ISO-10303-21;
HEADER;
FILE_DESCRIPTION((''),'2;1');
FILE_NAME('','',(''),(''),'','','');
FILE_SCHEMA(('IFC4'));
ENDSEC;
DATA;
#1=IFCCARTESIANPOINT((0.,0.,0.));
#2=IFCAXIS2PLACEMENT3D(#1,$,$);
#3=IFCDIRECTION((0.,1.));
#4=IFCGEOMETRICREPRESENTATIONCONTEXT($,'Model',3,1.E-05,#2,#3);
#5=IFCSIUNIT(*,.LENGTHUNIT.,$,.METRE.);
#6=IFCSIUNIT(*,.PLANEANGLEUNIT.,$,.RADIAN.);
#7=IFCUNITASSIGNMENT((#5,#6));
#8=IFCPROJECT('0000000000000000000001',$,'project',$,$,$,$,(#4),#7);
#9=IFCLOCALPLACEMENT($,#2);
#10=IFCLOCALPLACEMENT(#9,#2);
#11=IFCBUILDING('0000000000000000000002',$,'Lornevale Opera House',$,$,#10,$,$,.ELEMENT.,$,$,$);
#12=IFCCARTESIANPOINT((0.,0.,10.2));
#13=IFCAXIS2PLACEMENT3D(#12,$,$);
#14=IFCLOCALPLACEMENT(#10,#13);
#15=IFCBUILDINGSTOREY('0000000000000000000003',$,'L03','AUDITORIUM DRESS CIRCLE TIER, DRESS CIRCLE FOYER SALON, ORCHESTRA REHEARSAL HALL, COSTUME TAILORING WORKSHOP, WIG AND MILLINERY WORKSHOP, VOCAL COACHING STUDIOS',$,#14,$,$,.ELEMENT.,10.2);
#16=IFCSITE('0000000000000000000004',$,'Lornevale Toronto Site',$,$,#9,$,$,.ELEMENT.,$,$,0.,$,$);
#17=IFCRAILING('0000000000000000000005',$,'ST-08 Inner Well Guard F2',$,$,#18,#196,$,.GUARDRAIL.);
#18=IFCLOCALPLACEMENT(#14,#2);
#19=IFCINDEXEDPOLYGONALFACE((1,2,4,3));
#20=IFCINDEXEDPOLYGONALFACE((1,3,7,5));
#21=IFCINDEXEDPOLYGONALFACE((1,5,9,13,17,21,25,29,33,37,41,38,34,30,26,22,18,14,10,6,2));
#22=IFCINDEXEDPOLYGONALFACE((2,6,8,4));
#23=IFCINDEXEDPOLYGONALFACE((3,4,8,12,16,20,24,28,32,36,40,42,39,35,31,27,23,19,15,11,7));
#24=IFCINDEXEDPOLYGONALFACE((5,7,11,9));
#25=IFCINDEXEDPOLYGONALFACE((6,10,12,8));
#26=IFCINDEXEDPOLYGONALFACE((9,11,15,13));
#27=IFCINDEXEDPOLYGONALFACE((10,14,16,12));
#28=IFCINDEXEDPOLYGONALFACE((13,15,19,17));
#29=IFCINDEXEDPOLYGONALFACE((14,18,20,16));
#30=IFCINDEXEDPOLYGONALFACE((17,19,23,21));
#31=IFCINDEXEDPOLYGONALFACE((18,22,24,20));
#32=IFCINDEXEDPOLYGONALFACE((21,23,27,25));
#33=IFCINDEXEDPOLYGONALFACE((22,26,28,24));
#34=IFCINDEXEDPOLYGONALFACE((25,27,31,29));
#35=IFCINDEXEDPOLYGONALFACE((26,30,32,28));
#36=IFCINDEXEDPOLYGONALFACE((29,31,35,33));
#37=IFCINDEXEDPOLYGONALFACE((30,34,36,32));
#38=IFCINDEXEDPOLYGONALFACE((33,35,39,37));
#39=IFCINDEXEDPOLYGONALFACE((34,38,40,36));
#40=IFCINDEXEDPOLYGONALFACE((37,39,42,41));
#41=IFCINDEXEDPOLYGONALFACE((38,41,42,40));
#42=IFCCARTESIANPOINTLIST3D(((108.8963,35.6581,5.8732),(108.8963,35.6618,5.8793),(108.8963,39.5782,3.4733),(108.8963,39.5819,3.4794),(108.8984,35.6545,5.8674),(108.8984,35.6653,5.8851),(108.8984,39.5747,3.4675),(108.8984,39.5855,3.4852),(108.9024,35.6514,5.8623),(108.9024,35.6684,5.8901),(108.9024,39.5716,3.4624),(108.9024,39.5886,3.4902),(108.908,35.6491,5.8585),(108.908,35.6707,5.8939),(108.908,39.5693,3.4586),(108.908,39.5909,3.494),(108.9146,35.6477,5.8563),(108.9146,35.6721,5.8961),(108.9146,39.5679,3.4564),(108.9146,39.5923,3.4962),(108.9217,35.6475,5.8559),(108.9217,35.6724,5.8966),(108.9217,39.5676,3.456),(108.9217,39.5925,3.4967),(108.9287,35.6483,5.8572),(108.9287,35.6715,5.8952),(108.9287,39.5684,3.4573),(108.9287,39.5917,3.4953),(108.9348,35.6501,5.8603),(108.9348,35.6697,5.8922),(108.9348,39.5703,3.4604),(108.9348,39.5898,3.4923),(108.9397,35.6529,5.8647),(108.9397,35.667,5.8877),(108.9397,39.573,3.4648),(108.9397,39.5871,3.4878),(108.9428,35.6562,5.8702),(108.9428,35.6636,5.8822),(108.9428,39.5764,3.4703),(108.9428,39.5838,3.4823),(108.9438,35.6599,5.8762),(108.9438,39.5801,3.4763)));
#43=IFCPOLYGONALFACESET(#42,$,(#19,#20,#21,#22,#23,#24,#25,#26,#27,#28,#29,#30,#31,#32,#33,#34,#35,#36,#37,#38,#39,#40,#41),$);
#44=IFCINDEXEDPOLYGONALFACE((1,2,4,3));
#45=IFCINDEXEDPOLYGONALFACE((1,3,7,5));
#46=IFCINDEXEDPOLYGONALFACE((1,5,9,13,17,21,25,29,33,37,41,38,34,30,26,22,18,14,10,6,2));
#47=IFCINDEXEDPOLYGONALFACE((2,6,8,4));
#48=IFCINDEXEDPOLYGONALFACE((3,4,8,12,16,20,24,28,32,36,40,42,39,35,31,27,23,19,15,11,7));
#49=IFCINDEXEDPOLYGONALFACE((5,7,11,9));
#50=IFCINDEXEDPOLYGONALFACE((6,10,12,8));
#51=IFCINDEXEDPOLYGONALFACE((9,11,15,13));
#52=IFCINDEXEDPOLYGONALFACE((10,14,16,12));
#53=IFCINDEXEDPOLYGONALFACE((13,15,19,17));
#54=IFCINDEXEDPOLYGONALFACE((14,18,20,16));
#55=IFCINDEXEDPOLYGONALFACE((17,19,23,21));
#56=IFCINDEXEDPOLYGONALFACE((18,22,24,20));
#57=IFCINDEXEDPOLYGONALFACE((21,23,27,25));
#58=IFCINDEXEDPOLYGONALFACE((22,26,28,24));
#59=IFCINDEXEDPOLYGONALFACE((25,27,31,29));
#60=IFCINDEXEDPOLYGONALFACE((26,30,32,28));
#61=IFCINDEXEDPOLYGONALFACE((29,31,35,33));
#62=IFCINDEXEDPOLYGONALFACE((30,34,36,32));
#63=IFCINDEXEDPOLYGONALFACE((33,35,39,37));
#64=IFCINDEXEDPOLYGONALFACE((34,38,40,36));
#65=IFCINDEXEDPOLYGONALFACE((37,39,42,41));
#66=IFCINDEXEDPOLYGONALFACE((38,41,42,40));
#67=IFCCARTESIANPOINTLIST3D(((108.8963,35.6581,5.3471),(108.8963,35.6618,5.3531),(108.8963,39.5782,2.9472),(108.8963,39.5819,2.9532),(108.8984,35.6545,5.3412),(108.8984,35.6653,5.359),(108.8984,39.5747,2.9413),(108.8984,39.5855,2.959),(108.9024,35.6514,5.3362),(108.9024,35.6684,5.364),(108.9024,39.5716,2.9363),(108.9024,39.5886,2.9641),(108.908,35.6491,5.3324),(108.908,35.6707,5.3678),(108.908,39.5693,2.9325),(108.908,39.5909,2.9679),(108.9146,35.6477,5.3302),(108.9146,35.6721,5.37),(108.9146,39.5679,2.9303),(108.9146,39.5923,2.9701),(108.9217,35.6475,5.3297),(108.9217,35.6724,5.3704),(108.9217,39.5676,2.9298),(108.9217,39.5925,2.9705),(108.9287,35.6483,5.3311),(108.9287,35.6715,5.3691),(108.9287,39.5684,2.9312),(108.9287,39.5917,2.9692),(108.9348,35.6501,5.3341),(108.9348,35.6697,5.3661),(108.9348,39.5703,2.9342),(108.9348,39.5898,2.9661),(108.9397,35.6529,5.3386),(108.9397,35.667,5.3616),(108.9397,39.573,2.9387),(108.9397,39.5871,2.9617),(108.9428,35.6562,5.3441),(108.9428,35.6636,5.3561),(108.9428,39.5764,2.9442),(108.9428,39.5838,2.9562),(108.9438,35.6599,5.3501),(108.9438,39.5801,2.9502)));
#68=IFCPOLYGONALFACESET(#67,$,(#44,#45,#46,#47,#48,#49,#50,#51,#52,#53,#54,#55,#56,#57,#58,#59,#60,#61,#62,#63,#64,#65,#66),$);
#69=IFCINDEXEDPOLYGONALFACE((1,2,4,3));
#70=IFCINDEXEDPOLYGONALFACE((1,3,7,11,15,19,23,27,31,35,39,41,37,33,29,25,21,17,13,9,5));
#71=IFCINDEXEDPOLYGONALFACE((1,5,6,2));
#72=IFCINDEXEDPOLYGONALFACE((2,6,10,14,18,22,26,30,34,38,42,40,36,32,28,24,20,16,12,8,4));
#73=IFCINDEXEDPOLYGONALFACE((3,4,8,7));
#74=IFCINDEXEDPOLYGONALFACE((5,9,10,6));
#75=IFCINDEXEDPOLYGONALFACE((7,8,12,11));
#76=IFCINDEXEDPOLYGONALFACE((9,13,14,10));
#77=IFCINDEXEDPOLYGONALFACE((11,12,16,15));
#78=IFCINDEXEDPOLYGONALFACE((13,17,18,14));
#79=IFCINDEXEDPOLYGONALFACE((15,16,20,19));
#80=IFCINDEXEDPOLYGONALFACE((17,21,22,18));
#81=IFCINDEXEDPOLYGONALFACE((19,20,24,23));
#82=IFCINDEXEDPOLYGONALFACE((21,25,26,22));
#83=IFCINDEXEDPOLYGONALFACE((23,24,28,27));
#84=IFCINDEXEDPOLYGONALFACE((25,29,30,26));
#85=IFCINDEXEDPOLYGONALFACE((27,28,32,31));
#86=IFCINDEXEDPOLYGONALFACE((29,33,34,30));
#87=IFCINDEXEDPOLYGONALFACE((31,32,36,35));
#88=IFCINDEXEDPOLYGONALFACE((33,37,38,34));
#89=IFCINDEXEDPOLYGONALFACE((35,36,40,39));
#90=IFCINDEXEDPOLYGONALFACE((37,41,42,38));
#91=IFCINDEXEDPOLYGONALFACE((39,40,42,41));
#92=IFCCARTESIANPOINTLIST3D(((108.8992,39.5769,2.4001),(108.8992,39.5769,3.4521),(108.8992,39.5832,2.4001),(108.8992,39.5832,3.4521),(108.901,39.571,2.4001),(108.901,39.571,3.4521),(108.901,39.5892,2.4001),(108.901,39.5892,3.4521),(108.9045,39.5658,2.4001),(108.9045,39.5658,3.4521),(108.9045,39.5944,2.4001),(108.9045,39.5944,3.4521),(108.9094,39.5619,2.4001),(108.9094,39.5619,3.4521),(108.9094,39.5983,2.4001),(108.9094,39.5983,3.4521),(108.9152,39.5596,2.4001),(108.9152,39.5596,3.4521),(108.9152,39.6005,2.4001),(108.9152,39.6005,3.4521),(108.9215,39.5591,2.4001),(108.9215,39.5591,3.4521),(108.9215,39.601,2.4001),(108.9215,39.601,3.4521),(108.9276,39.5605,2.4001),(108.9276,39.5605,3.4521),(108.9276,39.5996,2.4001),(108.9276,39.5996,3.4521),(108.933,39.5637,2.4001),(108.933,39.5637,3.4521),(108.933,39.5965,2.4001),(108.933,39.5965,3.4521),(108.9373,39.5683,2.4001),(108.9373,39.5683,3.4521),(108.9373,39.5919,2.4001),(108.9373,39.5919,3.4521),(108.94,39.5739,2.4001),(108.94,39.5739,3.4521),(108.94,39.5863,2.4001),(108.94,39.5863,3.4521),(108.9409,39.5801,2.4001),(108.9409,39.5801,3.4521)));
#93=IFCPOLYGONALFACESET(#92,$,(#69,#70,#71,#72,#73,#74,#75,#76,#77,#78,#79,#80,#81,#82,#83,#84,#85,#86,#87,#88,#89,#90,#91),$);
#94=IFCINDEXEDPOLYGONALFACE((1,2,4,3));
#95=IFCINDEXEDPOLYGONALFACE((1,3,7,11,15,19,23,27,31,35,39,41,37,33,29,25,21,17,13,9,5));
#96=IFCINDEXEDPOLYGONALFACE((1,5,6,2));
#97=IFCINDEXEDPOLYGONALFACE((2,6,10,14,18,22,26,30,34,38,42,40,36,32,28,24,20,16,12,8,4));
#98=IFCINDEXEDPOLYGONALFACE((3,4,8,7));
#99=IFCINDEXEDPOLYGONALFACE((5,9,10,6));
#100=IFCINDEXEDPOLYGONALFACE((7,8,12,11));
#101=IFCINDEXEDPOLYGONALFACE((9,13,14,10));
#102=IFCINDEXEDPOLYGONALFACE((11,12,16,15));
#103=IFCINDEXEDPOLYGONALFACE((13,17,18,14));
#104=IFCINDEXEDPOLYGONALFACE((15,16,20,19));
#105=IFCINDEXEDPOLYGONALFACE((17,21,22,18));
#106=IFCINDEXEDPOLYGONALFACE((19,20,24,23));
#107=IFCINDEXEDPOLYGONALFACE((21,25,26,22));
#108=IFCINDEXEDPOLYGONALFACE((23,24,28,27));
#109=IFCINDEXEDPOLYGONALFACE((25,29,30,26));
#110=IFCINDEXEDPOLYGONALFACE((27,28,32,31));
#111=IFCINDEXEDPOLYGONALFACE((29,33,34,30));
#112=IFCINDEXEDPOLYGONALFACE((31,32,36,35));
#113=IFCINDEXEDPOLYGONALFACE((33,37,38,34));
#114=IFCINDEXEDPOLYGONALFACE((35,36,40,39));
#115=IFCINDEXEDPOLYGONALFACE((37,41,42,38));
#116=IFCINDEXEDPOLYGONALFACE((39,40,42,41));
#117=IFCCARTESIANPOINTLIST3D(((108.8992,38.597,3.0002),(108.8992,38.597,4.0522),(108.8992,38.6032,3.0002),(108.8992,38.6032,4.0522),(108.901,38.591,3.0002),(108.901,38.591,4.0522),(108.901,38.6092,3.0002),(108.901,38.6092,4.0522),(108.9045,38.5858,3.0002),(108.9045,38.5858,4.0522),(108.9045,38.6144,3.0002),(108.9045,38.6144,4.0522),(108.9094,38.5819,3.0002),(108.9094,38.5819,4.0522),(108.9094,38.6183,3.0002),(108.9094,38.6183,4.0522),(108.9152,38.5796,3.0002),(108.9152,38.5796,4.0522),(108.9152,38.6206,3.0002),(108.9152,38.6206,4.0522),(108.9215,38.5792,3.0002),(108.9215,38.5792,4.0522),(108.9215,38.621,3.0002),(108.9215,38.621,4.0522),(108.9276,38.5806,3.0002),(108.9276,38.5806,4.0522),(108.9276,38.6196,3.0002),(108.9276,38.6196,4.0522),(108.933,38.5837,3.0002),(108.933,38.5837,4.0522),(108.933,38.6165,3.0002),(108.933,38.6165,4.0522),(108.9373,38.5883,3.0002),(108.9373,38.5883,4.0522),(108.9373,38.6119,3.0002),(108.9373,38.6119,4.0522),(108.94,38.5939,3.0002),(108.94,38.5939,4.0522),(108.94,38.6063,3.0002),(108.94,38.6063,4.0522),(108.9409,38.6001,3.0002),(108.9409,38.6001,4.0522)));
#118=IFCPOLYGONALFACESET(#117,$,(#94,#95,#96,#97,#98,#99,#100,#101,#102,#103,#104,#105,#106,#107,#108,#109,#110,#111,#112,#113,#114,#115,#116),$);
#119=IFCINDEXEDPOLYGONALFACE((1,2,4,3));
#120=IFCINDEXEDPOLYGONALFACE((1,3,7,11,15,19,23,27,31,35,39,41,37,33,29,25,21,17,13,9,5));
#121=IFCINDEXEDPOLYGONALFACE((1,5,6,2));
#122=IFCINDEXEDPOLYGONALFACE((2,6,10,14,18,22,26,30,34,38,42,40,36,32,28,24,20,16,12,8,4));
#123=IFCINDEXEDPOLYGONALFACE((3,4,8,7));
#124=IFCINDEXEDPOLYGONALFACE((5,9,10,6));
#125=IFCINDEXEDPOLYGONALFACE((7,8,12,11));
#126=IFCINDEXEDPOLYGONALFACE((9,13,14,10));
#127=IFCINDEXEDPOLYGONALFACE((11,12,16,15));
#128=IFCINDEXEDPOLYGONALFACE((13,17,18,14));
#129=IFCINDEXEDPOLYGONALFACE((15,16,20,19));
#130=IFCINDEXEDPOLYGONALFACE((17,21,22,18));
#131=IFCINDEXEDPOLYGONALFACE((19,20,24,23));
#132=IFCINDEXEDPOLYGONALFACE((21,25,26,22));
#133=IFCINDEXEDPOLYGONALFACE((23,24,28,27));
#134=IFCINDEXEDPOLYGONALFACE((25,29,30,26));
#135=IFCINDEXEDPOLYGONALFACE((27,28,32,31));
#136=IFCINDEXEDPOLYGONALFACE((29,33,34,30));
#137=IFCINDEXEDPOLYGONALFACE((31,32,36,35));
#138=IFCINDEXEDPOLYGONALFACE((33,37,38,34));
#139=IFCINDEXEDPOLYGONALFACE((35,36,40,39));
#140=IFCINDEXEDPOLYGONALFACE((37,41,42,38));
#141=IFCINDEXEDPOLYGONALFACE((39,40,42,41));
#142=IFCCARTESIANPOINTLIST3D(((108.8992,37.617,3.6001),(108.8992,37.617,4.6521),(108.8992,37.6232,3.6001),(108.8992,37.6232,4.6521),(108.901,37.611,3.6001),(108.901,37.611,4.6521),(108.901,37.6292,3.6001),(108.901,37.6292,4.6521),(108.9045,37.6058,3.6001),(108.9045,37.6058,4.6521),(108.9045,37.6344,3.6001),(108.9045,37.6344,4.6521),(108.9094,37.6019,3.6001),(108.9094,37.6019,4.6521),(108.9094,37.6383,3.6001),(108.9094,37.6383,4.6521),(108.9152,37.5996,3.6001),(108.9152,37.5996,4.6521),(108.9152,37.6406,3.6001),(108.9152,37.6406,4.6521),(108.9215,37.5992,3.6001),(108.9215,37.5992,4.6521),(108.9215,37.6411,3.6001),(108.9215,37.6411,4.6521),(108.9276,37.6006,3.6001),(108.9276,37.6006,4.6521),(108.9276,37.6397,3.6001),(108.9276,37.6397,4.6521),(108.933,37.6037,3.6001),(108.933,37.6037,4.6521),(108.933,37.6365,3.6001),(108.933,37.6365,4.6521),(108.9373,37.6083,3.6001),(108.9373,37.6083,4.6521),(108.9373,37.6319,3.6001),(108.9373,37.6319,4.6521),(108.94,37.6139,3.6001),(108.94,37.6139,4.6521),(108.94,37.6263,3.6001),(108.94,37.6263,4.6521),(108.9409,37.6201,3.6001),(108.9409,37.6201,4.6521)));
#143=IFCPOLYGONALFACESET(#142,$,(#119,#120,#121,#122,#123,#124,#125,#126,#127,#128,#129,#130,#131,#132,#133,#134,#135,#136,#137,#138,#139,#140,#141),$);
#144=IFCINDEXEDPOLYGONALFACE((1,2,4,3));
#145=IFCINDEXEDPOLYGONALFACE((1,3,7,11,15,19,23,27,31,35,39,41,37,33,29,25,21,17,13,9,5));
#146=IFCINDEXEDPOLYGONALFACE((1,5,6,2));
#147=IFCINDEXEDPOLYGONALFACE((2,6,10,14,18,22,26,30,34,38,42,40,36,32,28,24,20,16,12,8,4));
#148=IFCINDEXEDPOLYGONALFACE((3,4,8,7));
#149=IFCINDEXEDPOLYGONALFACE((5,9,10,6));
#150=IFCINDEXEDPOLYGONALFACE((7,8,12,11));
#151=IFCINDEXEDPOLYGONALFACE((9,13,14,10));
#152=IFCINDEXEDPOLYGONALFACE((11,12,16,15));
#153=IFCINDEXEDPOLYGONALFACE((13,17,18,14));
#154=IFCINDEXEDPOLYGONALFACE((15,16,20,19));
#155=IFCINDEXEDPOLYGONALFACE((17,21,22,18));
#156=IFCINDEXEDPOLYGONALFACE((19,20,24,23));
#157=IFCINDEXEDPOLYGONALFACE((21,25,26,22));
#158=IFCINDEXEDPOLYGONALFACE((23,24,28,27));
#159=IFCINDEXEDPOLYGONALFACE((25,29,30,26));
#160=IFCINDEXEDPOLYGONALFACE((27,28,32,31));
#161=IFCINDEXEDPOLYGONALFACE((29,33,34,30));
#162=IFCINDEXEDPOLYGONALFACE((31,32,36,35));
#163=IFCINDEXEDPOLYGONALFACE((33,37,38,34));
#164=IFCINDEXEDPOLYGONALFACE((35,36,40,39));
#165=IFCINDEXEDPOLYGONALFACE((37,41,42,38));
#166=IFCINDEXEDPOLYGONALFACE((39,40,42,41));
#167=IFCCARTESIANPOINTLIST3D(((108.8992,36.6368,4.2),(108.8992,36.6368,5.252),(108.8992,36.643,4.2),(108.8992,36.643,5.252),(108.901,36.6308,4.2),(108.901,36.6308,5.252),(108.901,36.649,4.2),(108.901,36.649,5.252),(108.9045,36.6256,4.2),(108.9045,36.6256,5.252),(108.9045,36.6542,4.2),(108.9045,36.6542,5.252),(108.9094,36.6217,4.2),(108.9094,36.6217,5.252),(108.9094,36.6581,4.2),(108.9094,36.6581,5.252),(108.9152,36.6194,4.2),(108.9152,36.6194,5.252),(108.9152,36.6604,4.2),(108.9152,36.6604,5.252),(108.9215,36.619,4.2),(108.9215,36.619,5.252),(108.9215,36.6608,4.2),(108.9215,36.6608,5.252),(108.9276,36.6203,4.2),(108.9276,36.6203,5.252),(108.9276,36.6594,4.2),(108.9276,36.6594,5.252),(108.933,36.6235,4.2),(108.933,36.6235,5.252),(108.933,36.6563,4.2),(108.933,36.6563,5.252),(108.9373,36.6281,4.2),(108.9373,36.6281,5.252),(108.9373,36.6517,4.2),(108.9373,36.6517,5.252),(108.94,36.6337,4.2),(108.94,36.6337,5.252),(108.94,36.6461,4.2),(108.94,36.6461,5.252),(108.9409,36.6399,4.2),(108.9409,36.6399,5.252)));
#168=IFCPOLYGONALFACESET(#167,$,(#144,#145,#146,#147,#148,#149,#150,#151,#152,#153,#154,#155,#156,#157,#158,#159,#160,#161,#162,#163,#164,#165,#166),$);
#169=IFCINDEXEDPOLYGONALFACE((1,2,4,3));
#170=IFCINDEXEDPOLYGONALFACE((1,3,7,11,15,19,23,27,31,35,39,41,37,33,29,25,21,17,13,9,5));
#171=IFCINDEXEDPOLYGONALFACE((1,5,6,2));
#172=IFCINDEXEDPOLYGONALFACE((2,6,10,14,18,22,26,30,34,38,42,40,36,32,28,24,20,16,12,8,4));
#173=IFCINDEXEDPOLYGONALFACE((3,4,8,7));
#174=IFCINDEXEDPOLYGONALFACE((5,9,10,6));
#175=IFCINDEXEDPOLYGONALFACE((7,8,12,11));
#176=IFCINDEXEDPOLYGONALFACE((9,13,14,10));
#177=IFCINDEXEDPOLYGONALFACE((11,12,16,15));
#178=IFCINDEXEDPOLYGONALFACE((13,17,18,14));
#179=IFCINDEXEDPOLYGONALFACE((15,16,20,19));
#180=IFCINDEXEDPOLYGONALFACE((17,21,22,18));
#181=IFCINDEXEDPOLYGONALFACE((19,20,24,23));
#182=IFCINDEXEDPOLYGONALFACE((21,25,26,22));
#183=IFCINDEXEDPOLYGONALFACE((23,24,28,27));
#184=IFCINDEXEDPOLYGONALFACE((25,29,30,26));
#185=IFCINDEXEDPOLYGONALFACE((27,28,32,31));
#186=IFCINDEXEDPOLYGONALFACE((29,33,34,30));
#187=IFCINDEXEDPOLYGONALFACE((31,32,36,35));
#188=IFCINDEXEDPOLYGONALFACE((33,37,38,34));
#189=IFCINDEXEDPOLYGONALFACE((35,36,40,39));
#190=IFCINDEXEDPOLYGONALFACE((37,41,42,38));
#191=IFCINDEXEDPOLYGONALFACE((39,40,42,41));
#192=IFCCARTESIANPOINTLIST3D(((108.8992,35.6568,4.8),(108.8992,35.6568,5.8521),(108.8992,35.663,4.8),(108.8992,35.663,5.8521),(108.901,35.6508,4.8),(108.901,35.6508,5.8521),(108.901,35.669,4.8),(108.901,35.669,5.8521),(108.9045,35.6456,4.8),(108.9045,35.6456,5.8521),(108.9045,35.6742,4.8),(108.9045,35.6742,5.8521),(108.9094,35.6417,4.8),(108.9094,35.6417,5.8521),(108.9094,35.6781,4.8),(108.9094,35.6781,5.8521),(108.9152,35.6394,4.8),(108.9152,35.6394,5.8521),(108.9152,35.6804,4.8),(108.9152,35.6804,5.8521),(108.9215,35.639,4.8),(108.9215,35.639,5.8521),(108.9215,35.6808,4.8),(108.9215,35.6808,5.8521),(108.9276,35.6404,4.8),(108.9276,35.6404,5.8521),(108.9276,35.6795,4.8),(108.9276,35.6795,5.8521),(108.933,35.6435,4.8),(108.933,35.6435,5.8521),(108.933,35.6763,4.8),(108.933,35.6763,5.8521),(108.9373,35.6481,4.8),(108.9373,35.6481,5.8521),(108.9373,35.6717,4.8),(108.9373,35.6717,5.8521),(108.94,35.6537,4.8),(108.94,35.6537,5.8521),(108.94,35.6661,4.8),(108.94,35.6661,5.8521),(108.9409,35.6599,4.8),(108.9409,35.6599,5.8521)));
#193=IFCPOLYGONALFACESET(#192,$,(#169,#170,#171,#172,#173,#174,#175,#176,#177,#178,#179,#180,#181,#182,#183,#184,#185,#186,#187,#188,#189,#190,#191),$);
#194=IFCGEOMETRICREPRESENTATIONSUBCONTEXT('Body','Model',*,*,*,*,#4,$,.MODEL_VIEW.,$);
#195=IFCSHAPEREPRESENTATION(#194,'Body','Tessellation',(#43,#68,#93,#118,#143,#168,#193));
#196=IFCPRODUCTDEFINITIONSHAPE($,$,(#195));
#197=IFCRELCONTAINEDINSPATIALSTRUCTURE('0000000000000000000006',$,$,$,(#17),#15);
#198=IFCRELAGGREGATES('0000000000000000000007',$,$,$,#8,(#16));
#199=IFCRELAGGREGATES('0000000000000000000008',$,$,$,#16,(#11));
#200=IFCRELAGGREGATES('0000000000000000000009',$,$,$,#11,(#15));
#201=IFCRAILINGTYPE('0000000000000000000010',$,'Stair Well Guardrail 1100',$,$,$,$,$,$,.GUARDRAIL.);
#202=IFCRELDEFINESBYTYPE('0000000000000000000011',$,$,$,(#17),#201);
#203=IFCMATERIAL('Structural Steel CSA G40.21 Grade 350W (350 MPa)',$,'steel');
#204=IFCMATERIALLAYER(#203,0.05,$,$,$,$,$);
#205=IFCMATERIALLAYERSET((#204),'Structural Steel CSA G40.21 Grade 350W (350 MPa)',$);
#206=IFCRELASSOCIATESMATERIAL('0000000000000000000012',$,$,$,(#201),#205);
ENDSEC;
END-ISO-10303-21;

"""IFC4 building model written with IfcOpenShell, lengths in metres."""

from ifc_helpers import new_model, si_unit, direction, frame, origin, origin_2d, place, context, subcontext, project, spatial, circle, extrude, material, layer, layer_set, type_object, element, save


model = new_model("IFC4")

# Units and contexts
model_context = context("Model", 3, precision=1e-05, world=origin(), true_north=direction((0.0, 1.0)))
body_context = subcontext(model_context, "Body", "Model", "MODEL_VIEW")
ifc_project = project(units=[si_unit("LENGTHUNIT", "METRE"), si_unit("PLANEANGLEUNIT", "RADIAN")], contexts=[model_context])

# Site, building, storey
site_placement = place(None, origin())
site = spatial("IfcSite", under=ifc_project, at=site_placement, Name="Lornevale Toronto Site", CompositionType="ELEMENT", RefElevation=0.0)
building_placement = place(site_placement, origin())
building = spatial("IfcBuilding", under=site, at=building_placement, Name="Lornevale Opera House", CompositionType="ELEMENT")
storey_placement = place(building_placement, frame((0.0, 0.0, 10.2)))
storey = spatial("IfcBuildingStorey", under=building, at=storey_placement, Name="L03", Description="AUDITORIUM DRESS CIRCLE TIER, DRESS CIRCLE FOYER SALON, ORCHESTRA REHEARSAL HALL, COSTUME TAILORING WORKSHOP, WIG AND MILLINERY WORKSHOP, VOCAL COACHING STUDIOS", CompositionType="ELEMENT", Elevation=10.2)

# Shared definitions
ifc_material_1 = material(Name="Structural Steel CSA G40.21 Grade 350W (350 MPa)", Category="steel")

# Railing
ifc_layer_1 = layer(ifc_material_1, 0.05)
ifc_layer_set_1 = layer_set([ifc_layer_1], Name="Structural Steel CSA G40.21 Grade 350W (350 MPa)")
railing_type_1 = type_object("IfcRailingType", Name="Stair Well Guardrail 1100", PredefinedType="GUARDRAIL", material=ifc_layer_set_1)
railing_1_placement = place(storey_placement, frame((108.9199, 39.5801, 2.4001)))
element("IfcRailing", 1, at=railing_1_placement, inside=storey, type_object=railing_type_1, Name="ST-08 Inner Well Guard F2", PredefinedType="GUARDRAIL", context=body_context, shape_type="SweptSolid", body=[
    extrude(circle(Radius=0.0239, at=origin_2d()), frame((0.0, 0.0, 1.0762), z_axis=(0.0, -0.852871, 0.522122), x_axis=(1.0, 0.0, 0.0)), (0.0, 0.0, 1.0), 4.5964),
    extrude(circle(Radius=0.0239, at=origin_2d()), frame((0.0, 0.0, 0.55), z_axis=(0.0, -0.852871, 0.522122), x_axis=(1.0, 0.0, 0.0)), (0.0, 0.0, 1.0), 4.5964),
    extrude(circle(Radius=0.021, at=origin_2d()), origin(), (0.0, 0.0, 1.0), 1.052),
    extrude(circle(Radius=0.021, at=origin_2d()), frame((0.0, -0.98, 0.6001)), (0.0, 0.0, 1.0), 1.052),
    extrude(circle(Radius=0.021, at=origin_2d()), frame((0.0, -1.96, 1.2)), (0.0, 0.0, 1.0), 1.052),
    extrude(circle(Radius=0.021, at=origin_2d()), frame((0.0, -2.9402, 1.7998)), (0.0, 0.0, 1.0), 1.052),
    extrude(circle(Radius=0.021, at=origin_2d()), frame((0.0, -3.9202, 2.3999)), (0.0, 0.0, 1.0), 1.052),
])

save(model, "model.ifc")
